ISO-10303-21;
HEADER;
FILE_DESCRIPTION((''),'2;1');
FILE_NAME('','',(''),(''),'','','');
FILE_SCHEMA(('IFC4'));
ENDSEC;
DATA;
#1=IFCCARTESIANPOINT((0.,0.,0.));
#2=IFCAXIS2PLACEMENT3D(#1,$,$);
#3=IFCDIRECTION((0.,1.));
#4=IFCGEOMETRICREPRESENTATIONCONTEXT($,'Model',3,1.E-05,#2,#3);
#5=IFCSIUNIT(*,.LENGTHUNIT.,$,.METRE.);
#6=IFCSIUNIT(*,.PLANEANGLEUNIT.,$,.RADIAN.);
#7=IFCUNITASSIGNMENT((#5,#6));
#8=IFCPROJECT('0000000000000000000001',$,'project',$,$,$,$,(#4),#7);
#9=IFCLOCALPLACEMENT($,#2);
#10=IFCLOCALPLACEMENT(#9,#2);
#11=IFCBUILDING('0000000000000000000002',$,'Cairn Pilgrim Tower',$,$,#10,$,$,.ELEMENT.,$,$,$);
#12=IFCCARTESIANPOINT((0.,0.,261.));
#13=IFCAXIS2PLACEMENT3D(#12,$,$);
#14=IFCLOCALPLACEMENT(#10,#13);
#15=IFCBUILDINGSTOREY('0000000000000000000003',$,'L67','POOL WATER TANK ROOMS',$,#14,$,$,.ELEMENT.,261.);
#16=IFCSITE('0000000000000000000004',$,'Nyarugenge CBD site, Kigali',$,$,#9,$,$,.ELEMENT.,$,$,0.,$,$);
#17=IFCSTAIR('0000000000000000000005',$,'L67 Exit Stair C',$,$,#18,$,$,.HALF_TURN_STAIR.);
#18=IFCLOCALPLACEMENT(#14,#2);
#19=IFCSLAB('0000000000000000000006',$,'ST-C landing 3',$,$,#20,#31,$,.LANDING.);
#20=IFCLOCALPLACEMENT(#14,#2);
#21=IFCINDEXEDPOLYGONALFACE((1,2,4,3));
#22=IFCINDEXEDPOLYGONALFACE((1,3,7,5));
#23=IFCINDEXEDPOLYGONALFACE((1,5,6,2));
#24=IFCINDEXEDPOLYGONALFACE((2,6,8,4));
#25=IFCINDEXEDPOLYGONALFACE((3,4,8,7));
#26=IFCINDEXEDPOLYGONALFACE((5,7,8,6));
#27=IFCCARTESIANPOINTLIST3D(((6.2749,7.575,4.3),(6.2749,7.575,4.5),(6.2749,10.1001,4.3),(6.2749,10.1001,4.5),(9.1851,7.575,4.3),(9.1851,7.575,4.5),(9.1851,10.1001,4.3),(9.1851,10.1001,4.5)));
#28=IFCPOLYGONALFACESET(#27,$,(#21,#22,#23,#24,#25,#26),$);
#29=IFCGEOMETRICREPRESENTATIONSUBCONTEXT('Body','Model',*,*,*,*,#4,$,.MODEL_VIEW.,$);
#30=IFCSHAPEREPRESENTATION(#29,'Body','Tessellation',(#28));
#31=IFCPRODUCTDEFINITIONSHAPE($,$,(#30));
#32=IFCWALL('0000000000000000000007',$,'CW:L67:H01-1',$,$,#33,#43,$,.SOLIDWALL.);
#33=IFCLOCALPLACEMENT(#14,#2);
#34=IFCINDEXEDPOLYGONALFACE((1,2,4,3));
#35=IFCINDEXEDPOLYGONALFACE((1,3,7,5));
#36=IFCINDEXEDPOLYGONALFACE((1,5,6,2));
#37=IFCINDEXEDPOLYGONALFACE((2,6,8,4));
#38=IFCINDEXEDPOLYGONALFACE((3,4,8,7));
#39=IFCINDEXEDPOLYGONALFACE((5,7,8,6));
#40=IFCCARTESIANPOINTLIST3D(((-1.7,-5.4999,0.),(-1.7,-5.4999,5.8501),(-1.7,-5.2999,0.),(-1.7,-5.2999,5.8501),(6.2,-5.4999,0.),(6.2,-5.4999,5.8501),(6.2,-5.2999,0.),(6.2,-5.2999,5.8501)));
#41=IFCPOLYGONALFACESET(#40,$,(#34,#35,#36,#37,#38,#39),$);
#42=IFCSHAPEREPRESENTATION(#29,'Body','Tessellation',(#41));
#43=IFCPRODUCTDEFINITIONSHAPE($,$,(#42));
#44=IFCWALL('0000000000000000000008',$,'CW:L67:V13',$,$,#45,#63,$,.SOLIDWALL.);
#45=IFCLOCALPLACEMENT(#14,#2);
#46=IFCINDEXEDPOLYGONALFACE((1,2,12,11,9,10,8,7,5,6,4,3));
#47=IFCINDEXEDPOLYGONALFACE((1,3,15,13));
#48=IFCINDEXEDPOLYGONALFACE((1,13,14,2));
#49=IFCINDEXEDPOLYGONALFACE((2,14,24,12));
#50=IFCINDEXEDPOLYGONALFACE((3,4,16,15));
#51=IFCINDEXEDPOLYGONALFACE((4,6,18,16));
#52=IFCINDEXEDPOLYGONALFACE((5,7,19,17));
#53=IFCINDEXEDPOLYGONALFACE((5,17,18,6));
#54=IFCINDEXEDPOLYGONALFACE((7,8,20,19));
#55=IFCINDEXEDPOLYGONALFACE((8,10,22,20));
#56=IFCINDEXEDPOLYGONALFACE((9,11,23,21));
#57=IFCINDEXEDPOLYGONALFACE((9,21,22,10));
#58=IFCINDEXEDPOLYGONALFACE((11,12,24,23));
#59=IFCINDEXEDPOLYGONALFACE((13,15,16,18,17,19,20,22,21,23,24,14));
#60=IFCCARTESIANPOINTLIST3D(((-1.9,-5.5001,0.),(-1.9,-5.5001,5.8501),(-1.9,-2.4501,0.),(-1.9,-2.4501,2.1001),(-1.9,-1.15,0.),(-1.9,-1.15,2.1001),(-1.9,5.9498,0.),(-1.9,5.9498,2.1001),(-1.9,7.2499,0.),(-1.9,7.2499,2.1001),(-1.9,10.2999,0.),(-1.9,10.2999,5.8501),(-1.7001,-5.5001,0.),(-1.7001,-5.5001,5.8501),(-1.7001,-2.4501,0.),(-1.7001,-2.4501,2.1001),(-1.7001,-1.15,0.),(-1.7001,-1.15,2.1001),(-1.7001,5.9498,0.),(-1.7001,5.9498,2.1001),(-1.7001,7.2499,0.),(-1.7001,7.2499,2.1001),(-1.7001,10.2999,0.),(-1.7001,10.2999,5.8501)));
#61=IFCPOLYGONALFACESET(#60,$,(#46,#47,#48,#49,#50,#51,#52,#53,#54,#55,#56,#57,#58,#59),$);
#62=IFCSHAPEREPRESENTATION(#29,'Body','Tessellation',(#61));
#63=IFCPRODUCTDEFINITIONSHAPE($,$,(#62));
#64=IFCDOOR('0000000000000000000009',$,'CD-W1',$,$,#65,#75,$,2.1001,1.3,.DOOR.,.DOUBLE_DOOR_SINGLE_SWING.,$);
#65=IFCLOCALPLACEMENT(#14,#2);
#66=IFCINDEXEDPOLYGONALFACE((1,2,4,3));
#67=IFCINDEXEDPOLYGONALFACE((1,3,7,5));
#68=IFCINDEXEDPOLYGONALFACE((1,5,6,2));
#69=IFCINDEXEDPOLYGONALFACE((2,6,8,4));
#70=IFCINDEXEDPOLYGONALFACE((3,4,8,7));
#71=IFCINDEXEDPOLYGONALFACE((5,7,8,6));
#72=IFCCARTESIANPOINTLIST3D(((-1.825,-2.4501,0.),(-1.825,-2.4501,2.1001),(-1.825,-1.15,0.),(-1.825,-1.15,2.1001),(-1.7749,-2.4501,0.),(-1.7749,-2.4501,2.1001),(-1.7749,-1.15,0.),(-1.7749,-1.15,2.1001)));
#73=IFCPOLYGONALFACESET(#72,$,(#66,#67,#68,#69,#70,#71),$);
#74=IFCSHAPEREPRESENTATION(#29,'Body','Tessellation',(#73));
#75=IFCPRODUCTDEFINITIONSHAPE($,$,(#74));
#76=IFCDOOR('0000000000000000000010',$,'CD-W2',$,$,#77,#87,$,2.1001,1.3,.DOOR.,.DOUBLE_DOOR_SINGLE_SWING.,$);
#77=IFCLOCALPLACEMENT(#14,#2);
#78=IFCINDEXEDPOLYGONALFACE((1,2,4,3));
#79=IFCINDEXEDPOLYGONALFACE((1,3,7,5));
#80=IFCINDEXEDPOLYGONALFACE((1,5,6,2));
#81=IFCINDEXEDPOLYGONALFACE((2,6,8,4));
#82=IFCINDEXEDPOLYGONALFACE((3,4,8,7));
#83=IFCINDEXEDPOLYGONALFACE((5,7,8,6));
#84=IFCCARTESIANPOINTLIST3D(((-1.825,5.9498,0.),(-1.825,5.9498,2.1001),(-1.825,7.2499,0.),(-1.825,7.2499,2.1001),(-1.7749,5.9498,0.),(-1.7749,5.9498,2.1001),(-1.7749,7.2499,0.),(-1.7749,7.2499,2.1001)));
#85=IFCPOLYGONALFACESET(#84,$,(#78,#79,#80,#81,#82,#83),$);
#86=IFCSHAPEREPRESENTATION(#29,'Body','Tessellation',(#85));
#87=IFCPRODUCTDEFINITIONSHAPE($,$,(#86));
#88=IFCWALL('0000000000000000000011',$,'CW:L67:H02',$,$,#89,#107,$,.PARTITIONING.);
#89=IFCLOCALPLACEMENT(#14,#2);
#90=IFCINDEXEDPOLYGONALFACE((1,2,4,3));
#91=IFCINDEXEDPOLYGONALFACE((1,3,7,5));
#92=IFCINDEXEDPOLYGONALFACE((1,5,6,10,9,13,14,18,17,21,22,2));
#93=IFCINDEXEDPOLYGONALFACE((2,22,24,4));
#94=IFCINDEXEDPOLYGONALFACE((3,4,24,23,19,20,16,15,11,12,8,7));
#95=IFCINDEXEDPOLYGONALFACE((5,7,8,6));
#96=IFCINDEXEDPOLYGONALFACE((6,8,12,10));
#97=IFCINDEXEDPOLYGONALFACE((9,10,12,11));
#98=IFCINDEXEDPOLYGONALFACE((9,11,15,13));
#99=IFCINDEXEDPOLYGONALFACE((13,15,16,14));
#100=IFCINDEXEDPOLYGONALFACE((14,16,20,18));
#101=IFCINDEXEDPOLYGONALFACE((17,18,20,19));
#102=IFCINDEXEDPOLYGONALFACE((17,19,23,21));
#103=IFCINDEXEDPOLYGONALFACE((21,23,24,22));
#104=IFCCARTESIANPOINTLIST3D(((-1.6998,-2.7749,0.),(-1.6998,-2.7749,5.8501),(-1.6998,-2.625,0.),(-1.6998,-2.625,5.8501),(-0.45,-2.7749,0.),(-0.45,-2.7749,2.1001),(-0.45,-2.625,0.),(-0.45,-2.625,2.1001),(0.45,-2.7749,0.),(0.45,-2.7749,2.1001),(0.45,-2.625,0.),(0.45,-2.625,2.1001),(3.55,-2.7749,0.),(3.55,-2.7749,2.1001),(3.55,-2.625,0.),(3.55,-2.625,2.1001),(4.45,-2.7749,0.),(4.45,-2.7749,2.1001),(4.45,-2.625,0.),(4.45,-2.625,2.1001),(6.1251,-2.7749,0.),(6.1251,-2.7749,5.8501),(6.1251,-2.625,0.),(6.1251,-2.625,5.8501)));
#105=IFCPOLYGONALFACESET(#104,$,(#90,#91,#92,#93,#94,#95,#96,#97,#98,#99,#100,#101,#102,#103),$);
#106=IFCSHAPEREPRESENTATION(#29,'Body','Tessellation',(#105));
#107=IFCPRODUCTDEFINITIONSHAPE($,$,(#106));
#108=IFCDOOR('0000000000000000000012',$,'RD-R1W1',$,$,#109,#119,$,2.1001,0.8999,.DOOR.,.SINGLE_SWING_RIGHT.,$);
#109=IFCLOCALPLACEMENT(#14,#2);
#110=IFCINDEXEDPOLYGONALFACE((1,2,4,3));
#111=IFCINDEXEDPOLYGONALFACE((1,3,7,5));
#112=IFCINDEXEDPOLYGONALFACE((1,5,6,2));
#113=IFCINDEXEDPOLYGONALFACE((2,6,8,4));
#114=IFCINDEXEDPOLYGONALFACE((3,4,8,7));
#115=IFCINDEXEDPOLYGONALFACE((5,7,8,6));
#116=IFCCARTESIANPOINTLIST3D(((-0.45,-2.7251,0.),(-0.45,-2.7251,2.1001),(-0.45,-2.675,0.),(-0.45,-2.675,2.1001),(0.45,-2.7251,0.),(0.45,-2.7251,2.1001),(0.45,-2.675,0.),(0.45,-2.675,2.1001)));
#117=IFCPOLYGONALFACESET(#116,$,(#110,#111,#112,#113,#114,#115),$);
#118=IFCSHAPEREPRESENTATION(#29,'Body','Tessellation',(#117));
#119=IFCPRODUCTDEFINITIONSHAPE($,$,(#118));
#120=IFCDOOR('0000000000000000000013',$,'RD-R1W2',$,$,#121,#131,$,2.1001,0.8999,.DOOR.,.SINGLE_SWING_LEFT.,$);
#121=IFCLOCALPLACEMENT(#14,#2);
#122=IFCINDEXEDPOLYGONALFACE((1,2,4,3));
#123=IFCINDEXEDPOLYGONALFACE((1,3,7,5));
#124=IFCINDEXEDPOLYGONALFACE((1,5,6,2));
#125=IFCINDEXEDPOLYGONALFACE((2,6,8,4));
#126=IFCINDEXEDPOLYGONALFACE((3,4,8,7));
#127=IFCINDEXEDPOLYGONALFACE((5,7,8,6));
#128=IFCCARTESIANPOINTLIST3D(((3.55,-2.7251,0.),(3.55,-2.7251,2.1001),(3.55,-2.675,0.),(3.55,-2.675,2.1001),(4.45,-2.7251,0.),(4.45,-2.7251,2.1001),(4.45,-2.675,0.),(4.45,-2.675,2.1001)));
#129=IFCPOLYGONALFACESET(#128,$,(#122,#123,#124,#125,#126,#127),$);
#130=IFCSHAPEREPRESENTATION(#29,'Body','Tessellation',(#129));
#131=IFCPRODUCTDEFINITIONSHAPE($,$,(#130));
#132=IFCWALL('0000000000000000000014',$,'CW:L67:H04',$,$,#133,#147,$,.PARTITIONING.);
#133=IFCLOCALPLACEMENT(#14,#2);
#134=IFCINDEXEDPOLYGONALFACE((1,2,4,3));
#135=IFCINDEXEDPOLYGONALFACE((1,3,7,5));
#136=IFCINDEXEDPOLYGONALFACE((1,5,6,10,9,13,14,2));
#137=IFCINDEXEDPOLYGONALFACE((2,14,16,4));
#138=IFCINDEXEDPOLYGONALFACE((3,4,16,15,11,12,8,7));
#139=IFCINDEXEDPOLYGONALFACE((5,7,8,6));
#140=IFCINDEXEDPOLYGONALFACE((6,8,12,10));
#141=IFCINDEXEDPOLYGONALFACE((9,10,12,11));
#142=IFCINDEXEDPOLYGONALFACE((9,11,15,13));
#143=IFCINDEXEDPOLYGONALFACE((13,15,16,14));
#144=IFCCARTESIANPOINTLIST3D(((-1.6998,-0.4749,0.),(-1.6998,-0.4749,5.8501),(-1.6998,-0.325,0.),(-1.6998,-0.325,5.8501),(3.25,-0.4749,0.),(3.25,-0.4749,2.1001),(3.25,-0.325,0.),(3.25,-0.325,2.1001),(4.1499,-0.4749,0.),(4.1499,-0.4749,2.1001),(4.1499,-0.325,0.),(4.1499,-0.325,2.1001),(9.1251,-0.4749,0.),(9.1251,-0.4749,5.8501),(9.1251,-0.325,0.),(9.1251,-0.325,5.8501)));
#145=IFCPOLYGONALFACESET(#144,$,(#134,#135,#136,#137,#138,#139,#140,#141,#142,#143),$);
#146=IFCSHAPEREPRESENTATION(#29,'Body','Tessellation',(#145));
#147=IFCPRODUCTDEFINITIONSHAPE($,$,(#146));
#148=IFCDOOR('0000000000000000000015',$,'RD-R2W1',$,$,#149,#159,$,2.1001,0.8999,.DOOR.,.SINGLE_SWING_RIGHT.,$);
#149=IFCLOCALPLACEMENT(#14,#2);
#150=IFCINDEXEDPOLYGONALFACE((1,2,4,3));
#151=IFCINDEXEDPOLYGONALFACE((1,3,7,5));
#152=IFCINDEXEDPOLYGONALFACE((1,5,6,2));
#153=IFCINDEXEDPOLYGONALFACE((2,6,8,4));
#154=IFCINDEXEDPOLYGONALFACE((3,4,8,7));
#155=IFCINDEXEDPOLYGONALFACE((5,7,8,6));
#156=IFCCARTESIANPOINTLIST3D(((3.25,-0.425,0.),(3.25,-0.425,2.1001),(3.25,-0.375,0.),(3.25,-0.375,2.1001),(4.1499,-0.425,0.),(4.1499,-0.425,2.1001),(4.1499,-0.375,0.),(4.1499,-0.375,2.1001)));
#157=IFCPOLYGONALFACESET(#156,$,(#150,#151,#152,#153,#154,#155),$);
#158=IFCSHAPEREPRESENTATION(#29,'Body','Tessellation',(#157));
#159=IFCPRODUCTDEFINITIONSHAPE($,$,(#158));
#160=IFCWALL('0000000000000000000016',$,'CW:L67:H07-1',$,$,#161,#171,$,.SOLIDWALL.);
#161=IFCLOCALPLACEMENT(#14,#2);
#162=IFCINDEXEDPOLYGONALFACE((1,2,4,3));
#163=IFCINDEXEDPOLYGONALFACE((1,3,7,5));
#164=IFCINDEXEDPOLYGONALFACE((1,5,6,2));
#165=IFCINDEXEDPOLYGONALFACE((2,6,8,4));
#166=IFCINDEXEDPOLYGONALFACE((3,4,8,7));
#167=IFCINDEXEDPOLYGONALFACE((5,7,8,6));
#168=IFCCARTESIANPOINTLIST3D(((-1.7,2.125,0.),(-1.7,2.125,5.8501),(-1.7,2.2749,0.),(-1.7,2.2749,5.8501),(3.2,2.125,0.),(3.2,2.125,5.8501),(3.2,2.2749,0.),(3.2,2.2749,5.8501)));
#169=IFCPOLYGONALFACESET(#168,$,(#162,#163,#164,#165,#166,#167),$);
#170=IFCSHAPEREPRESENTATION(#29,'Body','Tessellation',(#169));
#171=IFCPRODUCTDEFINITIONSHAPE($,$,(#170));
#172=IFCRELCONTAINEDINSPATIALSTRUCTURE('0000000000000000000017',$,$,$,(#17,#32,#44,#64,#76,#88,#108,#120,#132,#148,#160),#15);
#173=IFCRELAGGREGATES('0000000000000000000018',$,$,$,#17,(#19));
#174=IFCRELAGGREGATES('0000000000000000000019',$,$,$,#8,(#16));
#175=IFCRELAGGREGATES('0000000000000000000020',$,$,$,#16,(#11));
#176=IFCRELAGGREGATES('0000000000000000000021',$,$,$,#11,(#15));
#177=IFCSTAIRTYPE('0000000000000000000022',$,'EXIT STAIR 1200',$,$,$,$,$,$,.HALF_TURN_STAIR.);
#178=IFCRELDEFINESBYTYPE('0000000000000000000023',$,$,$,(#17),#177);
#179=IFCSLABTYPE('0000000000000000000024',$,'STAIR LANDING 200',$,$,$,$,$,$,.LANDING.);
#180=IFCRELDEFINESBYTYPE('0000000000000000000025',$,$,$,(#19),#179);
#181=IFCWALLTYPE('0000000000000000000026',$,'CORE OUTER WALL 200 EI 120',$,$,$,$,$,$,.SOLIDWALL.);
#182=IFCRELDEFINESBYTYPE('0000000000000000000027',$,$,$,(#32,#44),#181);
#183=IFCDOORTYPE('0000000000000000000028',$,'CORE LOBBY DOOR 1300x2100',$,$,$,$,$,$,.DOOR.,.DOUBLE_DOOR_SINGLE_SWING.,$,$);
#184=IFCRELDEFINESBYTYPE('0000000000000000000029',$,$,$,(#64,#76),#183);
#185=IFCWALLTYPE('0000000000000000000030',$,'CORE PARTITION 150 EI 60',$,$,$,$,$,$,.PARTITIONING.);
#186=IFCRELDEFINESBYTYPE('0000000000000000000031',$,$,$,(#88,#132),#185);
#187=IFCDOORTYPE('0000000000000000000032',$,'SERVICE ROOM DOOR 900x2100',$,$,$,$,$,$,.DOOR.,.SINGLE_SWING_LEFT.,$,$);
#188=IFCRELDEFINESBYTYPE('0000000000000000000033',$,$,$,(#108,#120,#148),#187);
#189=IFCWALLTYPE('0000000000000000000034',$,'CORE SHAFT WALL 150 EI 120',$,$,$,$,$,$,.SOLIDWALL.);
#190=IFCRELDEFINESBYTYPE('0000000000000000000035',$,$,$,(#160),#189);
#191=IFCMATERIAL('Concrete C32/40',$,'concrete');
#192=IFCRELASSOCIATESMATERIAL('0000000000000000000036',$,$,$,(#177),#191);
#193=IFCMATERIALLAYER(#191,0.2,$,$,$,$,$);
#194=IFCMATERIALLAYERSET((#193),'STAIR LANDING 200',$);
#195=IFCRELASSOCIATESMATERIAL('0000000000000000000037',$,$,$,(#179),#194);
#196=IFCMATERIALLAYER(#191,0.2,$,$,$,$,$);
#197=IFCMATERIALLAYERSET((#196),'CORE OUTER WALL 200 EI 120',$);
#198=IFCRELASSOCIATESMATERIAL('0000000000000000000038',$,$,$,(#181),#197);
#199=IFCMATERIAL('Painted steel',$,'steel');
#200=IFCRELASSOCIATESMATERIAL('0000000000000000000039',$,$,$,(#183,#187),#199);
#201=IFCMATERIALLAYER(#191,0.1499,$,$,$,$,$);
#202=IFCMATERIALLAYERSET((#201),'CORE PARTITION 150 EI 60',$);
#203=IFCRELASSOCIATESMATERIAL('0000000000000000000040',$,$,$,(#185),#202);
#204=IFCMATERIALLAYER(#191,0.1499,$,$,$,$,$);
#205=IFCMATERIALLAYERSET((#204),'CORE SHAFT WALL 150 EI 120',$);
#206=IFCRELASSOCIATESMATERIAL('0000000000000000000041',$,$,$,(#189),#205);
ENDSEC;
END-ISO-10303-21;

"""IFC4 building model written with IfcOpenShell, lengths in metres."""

from ifc_helpers import new_model, si_unit, direction, frame, frame_2d, origin, place, context, subcontext, project, spatial, polyline, rectangle, outline, extrude, material, layer, layer_set, type_object, element, fill, aggregate, save


model = new_model("IFC4")

# Units and contexts
model_context = context("Model", 3, precision=1e-05, world=origin(), true_north=direction((0.0, 1.0)))
body_context = subcontext(model_context, "Body", "Model", "MODEL_VIEW")
ifc_project = project(units=[si_unit("LENGTHUNIT", "METRE"), si_unit("PLANEANGLEUNIT", "RADIAN")], contexts=[model_context])

# Site, building, storey
site_placement = place(None, origin())
site = spatial("IfcSite", under=ifc_project, at=site_placement, Name="Nyarugenge CBD site, Kigali", CompositionType="ELEMENT", RefElevation=0.0)
building_placement = place(site_placement, origin())
building = spatial("IfcBuilding", under=site, at=building_placement, Name="Cairn Pilgrim Tower", CompositionType="ELEMENT")
storey_placement = place(building_placement, frame((0.0, 0.0, 261.0)))
storey = spatial("IfcBuildingStorey", under=building, at=storey_placement, Name="L67", Description="POOL WATER TANK ROOMS", CompositionType="ELEMENT", Elevation=261.0)

# Stair, slab
ifc_material_1 = material(Name="Concrete C32/40", Category="concrete")
stair_type = type_object("IfcStairType", Name="EXIT STAIR 1200", PredefinedType="HALF_TURN_STAIR", material=ifc_material_1)
ifc_layer_1 = layer(ifc_material_1, 0.2)
ifc_layer_set_1 = layer_set([ifc_layer_1], Name="STAIR LANDING 200")
slab_type_1 = type_object("IfcSlabType", Name="STAIR LANDING 200", PredefinedType="LANDING", material=ifc_layer_set_1)
stair_1_placement = place(storey_placement, origin())
stair_1 = element("IfcStair", 1, at=stair_1_placement, inside=storey, type_object=stair_type, Name="L67 Exit Stair C", PredefinedType="HALF_TURN_STAIR")
slab_1_placement = place(storey_placement, frame((0.0, 0.0, 4.3)))
slab_1 = element("IfcSlab", 2, at=slab_1_placement, type_object=slab_type_1, Name="ST-C landing 3", PredefinedType="LANDING", context=body_context, shape_type="SweptSolid", body=[
    extrude(outline(polyline([(9.1851, 10.1001), (6.2749, 10.1001), (6.2749, 7.575), (9.1851, 7.575), (9.1851, 10.1001)])), origin(), (0.0, 0.0, 1.0), 0.2),
])
aggregate(stair_1, [slab_1])

# Wall
ifc_layer_2 = layer(ifc_material_1, 0.2)
ifc_layer_set_2 = layer_set([ifc_layer_2], Name="CORE OUTER WALL 200 EI 120")
wall_type_1 = type_object("IfcWallType", Name="CORE OUTER WALL 200 EI 120", PredefinedType="SOLIDWALL", material=ifc_layer_set_2)
wall_1_placement = place(storey_placement, frame((-1.7, -5.3999, 0.0), z_axis=(0.0, 0.0, 1.0), x_axis=(1.0, 0.0, 0.0)))
element("IfcWall", 3, at=wall_1_placement, inside=storey, type_object=wall_type_1, Name="CW:L67:H01-1", PredefinedType="SOLIDWALL", context=body_context, shape_type="SweptSolid", body=[
    extrude(rectangle(XDim=7.8999, YDim=0.2, at=frame_2d((3.95, 0.0))), origin(), (0.0, 0.0, 1.0), 5.8501),
])

# Walls, openings, doors
wall_2_placement = place(storey_placement, frame((-1.8, -5.5, 0.0), z_axis=(0.0, 0.0, 1.0), x_axis=(0.0, 1.0, 0.0)))
wall_2 = element("IfcWall", 4, at=wall_2_placement, inside=storey, type_object=wall_type_1, Name="CW:L67:V13", PredefinedType="SOLIDWALL", context=body_context, shape_type="SweptSolid", body=[
    extrude(rectangle(XDim=15.8, YDim=0.2, at=frame_2d((7.8999, 0.0))), origin(), (0.0, 0.0, 1.0), 5.8501),
])
opening_1_placement = place(wall_2_placement, frame((3.05, 0.0, 0.0)))
opening_1 = element("IfcOpeningElement", 5, at=opening_1_placement, cuts=wall_2, PredefinedType="OPENING", context=body_context, shape_type="SweptSolid", body=[
    extrude(rectangle(XDim=1.3, YDim=2.1001, at=frame_2d((0.6499, 1.05))), frame((0.0, 0.1099, 0.0), z_axis=(0.0, -1.0, 0.0), x_axis=(1.0, 0.0, 0.0)), (0.0, 0.0, 1.0), 0.22),
])
opening_2_placement = place(wall_2_placement, frame((11.45, 0.0, 0.0)))
opening_2 = element("IfcOpeningElement", 6, at=opening_2_placement, cuts=wall_2, PredefinedType="OPENING", context=body_context, shape_type="SweptSolid", body=[
    extrude(rectangle(XDim=1.3, YDim=2.1001, at=frame_2d((0.6499, 1.05))), frame((0.0, 0.1099, 0.0), z_axis=(0.0, -1.0, 0.0), x_axis=(1.0, 0.0, 0.0)), (0.0, 0.0, 1.0), 0.22),
])
ifc_material_2 = material(Name="Painted steel", Category="steel")
door_type_1 = type_object("IfcDoorType", Name="CORE LOBBY DOOR 1300x2100", OperationType="DOUBLE_DOOR_SINGLE_SWING", PredefinedType="DOOR", material=ifc_material_2)
door_1_placement = place(opening_1_placement, origin())
door_1 = element("IfcDoor", 7, at=door_1_placement, inside=storey, type_object=door_type_1, Name="CD-W1", OperationType="DOUBLE_DOOR_SINGLE_SWING", OverallHeight=2.1001, OverallWidth=1.3, PredefinedType="DOOR", context=body_context, shape_type="SweptSolid", body=[
    extrude(rectangle(XDim=1.3, YDim=2.1001, at=frame_2d((0.6499, 1.05))), frame((0.0, 0.0249, 0.0), z_axis=(0.0, -1.0, 0.0), x_axis=(1.0, 0.0, 0.0)), (0.0, 0.0, 1.0), 0.05),
])
fill(opening_1, door_1)
door_2_placement = place(opening_2_placement, origin())
door_2 = element("IfcDoor", 8, at=door_2_placement, inside=storey, type_object=door_type_1, Name="CD-W2", OperationType="DOUBLE_DOOR_SINGLE_SWING", OverallHeight=2.1001, OverallWidth=1.3, PredefinedType="DOOR", context=body_context, shape_type="SweptSolid", body=[
    extrude(rectangle(XDim=1.3, YDim=2.1001, at=frame_2d((0.6499, 1.05))), frame((0.0, 0.0249, 0.0), z_axis=(0.0, -1.0, 0.0), x_axis=(1.0, 0.0, 0.0)), (0.0, 0.0, 1.0), 0.05),
])
fill(opening_2, door_2)
ifc_layer_3 = layer(ifc_material_1, 0.1499)
ifc_layer_set_3 = layer_set([ifc_layer_3], Name="CORE PARTITION 150 EI 60")
wall_type_2 = type_object("IfcWallType", Name="CORE PARTITION 150 EI 60", PredefinedType="PARTITIONING", material=ifc_layer_set_3)
wall_3_placement = place(storey_placement, frame((-1.7, -2.7, 0.0), z_axis=(0.0, 0.0, 1.0), x_axis=(1.0, 0.0, 0.0)))
wall_3 = element("IfcWall", 9, at=wall_3_placement, inside=storey, type_object=wall_type_2, Name="CW:L67:H02", PredefinedType="PARTITIONING", context=body_context, shape_type="SweptSolid", body=[
    extrude(rectangle(XDim=7.825, YDim=0.1499, at=frame_2d((3.9126, 0.0))), origin(), (0.0, 0.0, 1.0), 5.8501),
])
opening_3_placement = place(wall_3_placement, frame((1.25, 0.0, 0.0)))
opening_3 = element("IfcOpeningElement", 10, at=opening_3_placement, cuts=wall_3, PredefinedType="OPENING", context=body_context, shape_type="SweptSolid", body=[
    extrude(rectangle(XDim=0.8999, YDim=2.1001, at=frame_2d((0.45, 1.05))), frame((0.0, 0.085, 0.0), z_axis=(0.0, -1.0, 0.0), x_axis=(1.0, 0.0, 0.0)), (0.0, 0.0, 1.0), 0.1699),
])
opening_4_placement = place(wall_3_placement, frame((5.25, 0.0, 0.0)))
opening_4 = element("IfcOpeningElement", 11, at=opening_4_placement, cuts=wall_3, PredefinedType="OPENING", context=body_context, shape_type="SweptSolid", body=[
    extrude(rectangle(XDim=0.8999, YDim=2.1001, at=frame_2d((0.45, 1.05))), frame((0.0, 0.085, 0.0), z_axis=(0.0, -1.0, 0.0), x_axis=(1.0, 0.0, 0.0)), (0.0, 0.0, 1.0), 0.1699),
])
door_type_2 = type_object("IfcDoorType", Name="SERVICE ROOM DOOR 900x2100", OperationType="SINGLE_SWING_LEFT", PredefinedType="DOOR", material=ifc_material_2)
door_3_placement = place(opening_3_placement, origin())
door_3 = element("IfcDoor", 12, at=door_3_placement, inside=storey, type_object=door_type_2, Name="RD-R1W1", OperationType="SINGLE_SWING_RIGHT", OverallHeight=2.1001, OverallWidth=0.8999, PredefinedType="DOOR", context=body_context, shape_type="SweptSolid", body=[
    extrude(rectangle(XDim=0.8999, YDim=2.1001, at=frame_2d((0.45, 1.05))), frame((0.0, 0.0249, 0.0), z_axis=(0.0, -1.0, 0.0), x_axis=(1.0, 0.0, 0.0)), (0.0, 0.0, 1.0), 0.05),
])
fill(opening_3, door_3)
door_4_placement = place(opening_4_placement, origin())
door_4 = element("IfcDoor", 13, at=door_4_placement, inside=storey, type_object=door_type_2, Name="RD-R1W2", OperationType="SINGLE_SWING_LEFT", OverallHeight=2.1001, OverallWidth=0.8999, PredefinedType="DOOR", context=body_context, shape_type="SweptSolid", body=[
    extrude(rectangle(XDim=0.8999, YDim=2.1001, at=frame_2d((0.45, 1.05))), frame((0.0, 0.0249, 0.0), z_axis=(0.0, -1.0, 0.0), x_axis=(1.0, 0.0, 0.0)), (0.0, 0.0, 1.0), 0.05),
])
fill(opening_4, door_4)

# Wall, opening, door
wall_4_placement = place(storey_placement, frame((-1.7, -0.3999, 0.0), z_axis=(0.0, 0.0, 1.0), x_axis=(1.0, 0.0, 0.0)))
wall_4 = element("IfcWall", 14, at=wall_4_placement, inside=storey, type_object=wall_type_2, Name="CW:L67:H04", PredefinedType="PARTITIONING", context=body_context, shape_type="SweptSolid", body=[
    extrude(rectangle(XDim=10.825, YDim=0.1499, at=frame_2d((5.4126, 0.0))), origin(), (0.0, 0.0, 1.0), 5.8501),
])
opening_5_placement = place(wall_4_placement, frame((4.95, 0.0, 0.0)))
opening_5 = element("IfcOpeningElement", 15, at=opening_5_placement, cuts=wall_4, PredefinedType="OPENING", context=body_context, shape_type="SweptSolid", body=[
    extrude(rectangle(XDim=0.8999, YDim=2.1001, at=frame_2d((0.45, 1.05))), frame((0.0, 0.085, 0.0), z_axis=(0.0, -1.0, 0.0), x_axis=(1.0, 0.0, 0.0)), (0.0, 0.0, 1.0), 0.1699),
])
door_5_placement = place(opening_5_placement, origin())
door_5 = element("IfcDoor", 16, at=door_5_placement, inside=storey, type_object=door_type_2, Name="RD-R2W1", OperationType="SINGLE_SWING_RIGHT", OverallHeight=2.1001, OverallWidth=0.8999, PredefinedType="DOOR", context=body_context, shape_type="SweptSolid", body=[
    extrude(rectangle(XDim=0.8999, YDim=2.1001, at=frame_2d((0.45, 1.05))), frame((0.0, 0.0249, 0.0), z_axis=(0.0, -1.0, 0.0), x_axis=(1.0, 0.0, 0.0)), (0.0, 0.0, 1.0), 0.05),
])
fill(opening_5, door_5)

# Wall
ifc_layer_4 = layer(ifc_material_1, 0.1499)
ifc_layer_set_4 = layer_set([ifc_layer_4], Name="CORE SHAFT WALL 150 EI 120")
wall_type_3 = type_object("IfcWallType", Name="CORE SHAFT WALL 150 EI 120", PredefinedType="SOLIDWALL", material=ifc_layer_set_4)
wall_5_placement = place(storey_placement, frame((-1.7, 2.2, 0.0), z_axis=(0.0, 0.0, 1.0), x_axis=(1.0, 0.0, 0.0)))
element("IfcWall", 17, at=wall_5_placement, inside=storey, type_object=wall_type_3, Name="CW:L67:H07-1", PredefinedType="SOLIDWALL", context=body_context, shape_type="SweptSolid", body=[
    extrude(rectangle(XDim=4.8999, YDim=0.1499, at=frame_2d((2.45, 0.0))), origin(), (0.0, 0.0, 1.0), 5.8501),
])

save(model, "model.ifc")
